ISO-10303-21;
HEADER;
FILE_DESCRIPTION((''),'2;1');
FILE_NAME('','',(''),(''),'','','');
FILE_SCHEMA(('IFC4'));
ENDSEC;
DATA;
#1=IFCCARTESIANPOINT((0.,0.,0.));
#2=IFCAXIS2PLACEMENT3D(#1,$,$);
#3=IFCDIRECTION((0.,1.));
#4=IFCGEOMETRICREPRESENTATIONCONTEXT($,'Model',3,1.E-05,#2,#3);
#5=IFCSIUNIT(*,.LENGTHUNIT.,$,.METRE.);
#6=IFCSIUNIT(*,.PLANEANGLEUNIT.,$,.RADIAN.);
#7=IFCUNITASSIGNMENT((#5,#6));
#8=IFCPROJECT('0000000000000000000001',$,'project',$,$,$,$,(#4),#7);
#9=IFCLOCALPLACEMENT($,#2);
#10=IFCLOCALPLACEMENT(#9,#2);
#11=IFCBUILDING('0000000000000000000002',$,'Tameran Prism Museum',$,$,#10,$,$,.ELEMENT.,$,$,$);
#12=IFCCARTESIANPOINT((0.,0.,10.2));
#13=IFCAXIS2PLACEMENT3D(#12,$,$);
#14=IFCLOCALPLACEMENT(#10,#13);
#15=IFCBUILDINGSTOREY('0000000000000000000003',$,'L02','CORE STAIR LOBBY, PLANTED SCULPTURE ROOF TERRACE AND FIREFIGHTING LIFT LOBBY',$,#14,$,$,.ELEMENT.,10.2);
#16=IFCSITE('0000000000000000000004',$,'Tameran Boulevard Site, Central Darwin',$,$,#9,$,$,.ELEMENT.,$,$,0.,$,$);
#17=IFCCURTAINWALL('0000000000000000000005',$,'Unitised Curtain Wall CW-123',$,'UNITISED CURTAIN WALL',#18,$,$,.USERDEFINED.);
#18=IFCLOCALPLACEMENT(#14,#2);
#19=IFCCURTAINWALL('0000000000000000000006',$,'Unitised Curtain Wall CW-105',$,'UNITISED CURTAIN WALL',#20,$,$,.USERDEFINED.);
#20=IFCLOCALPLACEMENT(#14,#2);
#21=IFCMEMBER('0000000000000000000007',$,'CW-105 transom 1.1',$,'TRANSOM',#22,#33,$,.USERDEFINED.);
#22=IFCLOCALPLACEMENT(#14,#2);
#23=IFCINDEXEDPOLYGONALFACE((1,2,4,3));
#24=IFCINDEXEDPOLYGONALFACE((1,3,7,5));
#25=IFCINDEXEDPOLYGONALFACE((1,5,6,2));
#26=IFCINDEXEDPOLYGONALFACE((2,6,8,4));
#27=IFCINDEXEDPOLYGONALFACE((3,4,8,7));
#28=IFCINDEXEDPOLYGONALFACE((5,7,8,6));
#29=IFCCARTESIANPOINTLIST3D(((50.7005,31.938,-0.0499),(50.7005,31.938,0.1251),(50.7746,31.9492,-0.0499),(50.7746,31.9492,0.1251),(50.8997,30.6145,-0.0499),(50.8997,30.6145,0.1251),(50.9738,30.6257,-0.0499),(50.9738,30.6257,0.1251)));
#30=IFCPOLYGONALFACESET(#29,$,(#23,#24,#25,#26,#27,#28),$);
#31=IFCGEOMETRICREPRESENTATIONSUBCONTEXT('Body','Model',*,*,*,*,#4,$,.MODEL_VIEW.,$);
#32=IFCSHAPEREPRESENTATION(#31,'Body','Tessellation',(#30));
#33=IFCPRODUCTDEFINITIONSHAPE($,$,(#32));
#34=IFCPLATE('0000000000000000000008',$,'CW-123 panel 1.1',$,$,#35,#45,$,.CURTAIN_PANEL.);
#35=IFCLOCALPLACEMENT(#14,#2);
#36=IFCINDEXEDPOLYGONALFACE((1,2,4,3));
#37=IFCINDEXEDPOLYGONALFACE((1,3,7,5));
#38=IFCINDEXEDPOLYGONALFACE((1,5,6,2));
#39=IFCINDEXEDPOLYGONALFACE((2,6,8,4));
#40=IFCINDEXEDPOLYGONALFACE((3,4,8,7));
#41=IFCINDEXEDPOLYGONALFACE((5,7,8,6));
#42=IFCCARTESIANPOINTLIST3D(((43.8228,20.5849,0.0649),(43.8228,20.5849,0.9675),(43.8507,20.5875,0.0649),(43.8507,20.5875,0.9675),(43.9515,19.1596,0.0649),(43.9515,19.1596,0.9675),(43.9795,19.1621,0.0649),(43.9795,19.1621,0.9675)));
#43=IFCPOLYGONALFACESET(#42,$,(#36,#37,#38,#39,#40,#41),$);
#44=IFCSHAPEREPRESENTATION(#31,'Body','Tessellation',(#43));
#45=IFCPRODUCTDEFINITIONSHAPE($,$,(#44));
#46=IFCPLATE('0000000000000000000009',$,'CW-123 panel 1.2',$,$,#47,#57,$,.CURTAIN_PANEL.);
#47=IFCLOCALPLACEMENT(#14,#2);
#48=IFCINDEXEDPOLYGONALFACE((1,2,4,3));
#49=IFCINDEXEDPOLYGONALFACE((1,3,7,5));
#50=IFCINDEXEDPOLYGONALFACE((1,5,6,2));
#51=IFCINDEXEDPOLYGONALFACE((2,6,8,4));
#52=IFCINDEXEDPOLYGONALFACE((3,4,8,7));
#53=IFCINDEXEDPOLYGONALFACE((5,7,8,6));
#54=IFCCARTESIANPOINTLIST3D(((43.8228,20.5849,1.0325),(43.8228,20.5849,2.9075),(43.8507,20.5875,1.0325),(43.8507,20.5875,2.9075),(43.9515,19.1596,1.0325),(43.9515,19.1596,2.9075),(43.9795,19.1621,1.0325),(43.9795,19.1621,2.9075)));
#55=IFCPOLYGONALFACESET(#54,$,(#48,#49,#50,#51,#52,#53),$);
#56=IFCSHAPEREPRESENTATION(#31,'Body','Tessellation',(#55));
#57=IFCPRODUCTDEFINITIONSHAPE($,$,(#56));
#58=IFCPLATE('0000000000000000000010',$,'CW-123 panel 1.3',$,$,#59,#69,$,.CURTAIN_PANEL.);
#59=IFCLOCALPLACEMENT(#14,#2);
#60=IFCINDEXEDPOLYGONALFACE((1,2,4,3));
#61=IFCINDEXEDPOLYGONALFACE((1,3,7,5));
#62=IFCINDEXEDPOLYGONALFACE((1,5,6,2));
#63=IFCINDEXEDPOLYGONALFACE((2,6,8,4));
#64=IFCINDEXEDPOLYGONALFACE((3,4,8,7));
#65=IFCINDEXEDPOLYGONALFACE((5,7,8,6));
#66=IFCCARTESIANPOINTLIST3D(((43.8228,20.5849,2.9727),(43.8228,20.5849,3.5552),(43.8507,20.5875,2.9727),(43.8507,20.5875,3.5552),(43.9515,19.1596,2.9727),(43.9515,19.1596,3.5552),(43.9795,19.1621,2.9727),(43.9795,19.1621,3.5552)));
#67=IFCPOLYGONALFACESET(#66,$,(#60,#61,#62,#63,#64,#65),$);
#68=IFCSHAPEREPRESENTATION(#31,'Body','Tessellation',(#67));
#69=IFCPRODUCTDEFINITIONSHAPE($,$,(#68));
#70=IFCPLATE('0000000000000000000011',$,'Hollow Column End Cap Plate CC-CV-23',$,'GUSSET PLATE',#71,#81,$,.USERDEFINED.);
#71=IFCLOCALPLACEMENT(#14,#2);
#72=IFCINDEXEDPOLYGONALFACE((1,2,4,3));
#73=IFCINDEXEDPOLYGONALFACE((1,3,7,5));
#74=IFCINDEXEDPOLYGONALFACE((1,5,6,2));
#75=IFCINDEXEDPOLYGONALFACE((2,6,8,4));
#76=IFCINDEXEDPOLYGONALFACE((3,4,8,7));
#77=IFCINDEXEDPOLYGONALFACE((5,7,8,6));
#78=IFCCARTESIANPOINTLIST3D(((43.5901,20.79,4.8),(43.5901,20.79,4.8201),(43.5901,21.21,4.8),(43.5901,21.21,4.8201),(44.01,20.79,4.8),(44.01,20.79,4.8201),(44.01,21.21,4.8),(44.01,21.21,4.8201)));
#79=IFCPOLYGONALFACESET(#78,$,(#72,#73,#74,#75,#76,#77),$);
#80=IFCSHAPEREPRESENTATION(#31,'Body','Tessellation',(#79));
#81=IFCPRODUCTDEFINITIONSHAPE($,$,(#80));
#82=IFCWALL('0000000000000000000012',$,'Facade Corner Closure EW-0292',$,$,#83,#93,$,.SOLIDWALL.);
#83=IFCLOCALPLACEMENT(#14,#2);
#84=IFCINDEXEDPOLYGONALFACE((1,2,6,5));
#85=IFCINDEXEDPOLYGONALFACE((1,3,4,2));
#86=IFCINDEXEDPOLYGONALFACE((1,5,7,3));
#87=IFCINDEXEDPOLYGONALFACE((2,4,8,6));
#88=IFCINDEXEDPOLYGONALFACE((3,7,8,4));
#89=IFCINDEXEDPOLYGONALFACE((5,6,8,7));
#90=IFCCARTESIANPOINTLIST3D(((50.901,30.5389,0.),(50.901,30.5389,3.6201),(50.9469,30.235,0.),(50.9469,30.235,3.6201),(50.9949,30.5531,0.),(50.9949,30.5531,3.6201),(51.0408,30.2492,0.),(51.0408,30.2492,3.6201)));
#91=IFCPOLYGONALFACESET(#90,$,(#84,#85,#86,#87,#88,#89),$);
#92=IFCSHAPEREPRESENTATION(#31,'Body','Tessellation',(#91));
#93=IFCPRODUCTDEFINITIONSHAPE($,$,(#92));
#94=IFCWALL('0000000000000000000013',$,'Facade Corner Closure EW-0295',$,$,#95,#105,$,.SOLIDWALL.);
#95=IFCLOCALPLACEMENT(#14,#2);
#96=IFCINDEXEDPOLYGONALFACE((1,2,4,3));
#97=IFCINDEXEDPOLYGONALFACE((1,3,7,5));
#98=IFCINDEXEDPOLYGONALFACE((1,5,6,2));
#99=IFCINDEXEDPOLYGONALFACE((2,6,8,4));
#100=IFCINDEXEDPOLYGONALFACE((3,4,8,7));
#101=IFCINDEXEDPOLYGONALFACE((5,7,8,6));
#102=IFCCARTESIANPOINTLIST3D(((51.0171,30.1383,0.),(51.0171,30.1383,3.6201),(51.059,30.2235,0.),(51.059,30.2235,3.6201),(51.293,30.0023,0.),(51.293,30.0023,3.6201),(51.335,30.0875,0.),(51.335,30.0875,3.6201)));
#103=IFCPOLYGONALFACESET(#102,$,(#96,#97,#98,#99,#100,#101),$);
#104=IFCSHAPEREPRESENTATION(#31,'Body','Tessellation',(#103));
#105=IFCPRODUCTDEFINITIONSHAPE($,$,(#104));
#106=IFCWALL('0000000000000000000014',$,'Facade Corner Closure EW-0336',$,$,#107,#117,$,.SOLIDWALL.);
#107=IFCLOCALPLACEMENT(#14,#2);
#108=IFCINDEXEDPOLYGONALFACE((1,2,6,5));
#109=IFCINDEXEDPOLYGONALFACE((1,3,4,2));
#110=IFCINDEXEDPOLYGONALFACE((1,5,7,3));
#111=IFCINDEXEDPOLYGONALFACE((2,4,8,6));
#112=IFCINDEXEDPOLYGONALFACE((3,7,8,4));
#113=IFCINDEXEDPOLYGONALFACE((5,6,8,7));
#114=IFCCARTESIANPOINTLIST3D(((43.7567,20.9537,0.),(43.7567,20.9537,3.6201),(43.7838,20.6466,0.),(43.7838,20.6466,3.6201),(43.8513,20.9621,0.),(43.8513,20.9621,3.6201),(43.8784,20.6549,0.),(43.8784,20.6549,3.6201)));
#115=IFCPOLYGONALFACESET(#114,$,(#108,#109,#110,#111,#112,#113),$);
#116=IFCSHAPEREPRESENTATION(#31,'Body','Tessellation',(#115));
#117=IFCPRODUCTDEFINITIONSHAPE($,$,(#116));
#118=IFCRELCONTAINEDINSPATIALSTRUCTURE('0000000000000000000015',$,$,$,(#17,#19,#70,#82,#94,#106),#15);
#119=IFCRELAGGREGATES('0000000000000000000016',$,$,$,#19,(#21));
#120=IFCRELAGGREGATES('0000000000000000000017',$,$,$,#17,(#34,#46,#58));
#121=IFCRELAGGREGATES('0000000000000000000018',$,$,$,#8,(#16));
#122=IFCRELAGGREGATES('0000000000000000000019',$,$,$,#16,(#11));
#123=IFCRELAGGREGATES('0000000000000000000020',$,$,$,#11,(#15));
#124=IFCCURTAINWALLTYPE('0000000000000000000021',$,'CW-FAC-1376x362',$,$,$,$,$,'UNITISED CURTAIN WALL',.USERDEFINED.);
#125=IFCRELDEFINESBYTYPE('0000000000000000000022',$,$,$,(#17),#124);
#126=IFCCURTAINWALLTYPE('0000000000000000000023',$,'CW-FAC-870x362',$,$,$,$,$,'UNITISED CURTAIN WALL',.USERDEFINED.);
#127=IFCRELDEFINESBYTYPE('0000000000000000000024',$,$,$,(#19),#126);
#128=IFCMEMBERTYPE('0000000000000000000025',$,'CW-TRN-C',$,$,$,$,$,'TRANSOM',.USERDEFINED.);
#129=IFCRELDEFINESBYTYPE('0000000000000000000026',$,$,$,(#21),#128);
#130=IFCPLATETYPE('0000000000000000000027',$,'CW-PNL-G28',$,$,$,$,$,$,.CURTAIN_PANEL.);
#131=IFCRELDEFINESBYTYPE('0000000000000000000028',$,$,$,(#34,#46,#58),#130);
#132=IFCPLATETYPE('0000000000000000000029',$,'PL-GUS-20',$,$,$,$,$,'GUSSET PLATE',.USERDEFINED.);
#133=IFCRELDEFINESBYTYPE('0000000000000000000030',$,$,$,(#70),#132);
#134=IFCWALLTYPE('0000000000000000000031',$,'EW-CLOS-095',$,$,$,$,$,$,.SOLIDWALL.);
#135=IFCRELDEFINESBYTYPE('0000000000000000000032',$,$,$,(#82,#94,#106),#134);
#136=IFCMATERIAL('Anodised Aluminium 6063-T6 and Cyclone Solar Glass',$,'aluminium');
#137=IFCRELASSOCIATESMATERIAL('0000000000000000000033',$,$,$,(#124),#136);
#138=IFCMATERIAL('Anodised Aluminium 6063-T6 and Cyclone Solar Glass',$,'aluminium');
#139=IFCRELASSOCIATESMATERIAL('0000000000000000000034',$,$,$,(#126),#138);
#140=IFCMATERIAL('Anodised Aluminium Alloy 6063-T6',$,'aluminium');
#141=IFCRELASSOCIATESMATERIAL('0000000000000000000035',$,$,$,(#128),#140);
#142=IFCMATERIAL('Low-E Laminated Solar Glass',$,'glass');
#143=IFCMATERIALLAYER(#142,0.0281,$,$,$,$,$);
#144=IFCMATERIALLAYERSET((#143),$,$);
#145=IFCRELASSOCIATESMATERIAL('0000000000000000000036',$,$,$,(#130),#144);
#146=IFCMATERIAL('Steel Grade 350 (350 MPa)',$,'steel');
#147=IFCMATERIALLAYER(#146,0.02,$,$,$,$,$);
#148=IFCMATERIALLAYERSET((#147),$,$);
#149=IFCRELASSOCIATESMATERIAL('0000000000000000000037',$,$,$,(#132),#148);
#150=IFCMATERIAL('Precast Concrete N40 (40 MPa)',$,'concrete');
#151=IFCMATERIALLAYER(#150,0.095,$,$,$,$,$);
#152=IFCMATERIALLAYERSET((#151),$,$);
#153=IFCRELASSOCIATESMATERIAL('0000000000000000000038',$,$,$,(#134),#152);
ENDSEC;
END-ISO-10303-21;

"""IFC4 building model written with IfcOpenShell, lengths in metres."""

from ifc_helpers import new_model, si_unit, direction, frame, frame_2d, origin, origin_2d, place, context, subcontext, project, spatial, rectangle, extrude, material, layer, layer_set, material_profile, profile_set, type_object, element, aggregate, save


model = new_model("IFC4")

# Units and contexts
model_context = context("Model", 3, precision=1e-05, world=origin(), true_north=direction((0.0, 1.0)))
body_context = subcontext(model_context, "Body", "Model", "MODEL_VIEW")
ifc_project = project(units=[si_unit("LENGTHUNIT", "METRE"), si_unit("PLANEANGLEUNIT", "RADIAN")], contexts=[model_context])

# Site, building, storey
site_placement = place(None, origin())
site = spatial("IfcSite", under=ifc_project, at=site_placement, Name="Tameran Boulevard Site, Central Darwin", CompositionType="ELEMENT", RefElevation=0.0)
building_placement = place(site_placement, origin())
building = spatial("IfcBuilding", under=site, at=building_placement, Name="Tameran Prism Museum", CompositionType="ELEMENT")
storey_placement = place(building_placement, frame((0.0, 0.0, 10.2)))
storey = spatial("IfcBuildingStorey", under=building, at=storey_placement, Name="L02", Description="CORE STAIR LOBBY, PLANTED SCULPTURE ROOF TERRACE AND FIREFIGHTING LIFT LOBBY", CompositionType="ELEMENT", Elevation=10.2)

# Curtain wall
ifc_material_1 = material(Name="Anodised Aluminium 6063-T6 and Cyclone Solar Glass", Category="aluminium")
curtain_wall_type_1 = type_object("IfcCurtainWallType", Name="CW-FAC-1376x362", ElementType="UNITISED CURTAIN WALL", PredefinedType="USERDEFINED", material=ifc_material_1)
curtain_wall_1_placement = place(storey_placement, origin())
curtain_wall_1 = element("IfcCurtainWall", 1, at=curtain_wall_1_placement, inside=storey, type_object=curtain_wall_type_1, Name="Unitised Curtain Wall CW-123", ObjectType="UNITISED CURTAIN WALL", PredefinedType="USERDEFINED")

# Curtain wall
ifc_material_2 = material(Name="Anodised Aluminium 6063-T6 and Cyclone Solar Glass", Category="aluminium")
curtain_wall_type_2 = type_object("IfcCurtainWallType", Name="CW-FAC-870x362", ElementType="UNITISED CURTAIN WALL", PredefinedType="USERDEFINED", material=ifc_material_2)
curtain_wall_2_placement = place(storey_placement, origin())
curtain_wall_2 = element("IfcCurtainWall", 2, at=curtain_wall_2_placement, inside=storey, type_object=curtain_wall_type_2, Name="Unitised Curtain Wall CW-105", ObjectType="UNITISED CURTAIN WALL", PredefinedType="USERDEFINED")

# Member
ifc_material_3 = material(Name="Anodised Aluminium Alloy 6063-T6", Category="aluminium")
ifc_material_profile_1 = material_profile(ifc_material_3, rectangle(XDim=0.075, YDim=0.175, at=origin_2d()))
ifc_profile_set_1 = profile_set([ifc_material_profile_1])
member_type_1 = type_object("IfcMemberType", Name="CW-TRN-C", ElementType="TRANSOM", PredefinedType="USERDEFINED", material=ifc_profile_set_1)
member_1_placement = place(storey_placement, frame((50.9368, 30.6201, 0.0376), z_axis=(-0.148849, 0.98886, 0.0), x_axis=(-0.98886, -0.148849, 0.0)))
member_1 = element("IfcMember", 3, at=member_1_placement, type_object=member_type_1, Name="CW-105 transom 1.1", ObjectType="TRANSOM", PredefinedType="USERDEFINED", context=body_context, shape_type="SweptSolid", body=[
    extrude(rectangle(XDim=0.075, YDim=0.175, at=origin_2d()), origin(), (0.0, 0.0, 1.0), 1.3384),
])
aggregate(curtain_wall_2, [member_1])

# Plates
ifc_material_4 = material(Name="Low-E Laminated Solar Glass", Category="glass")
ifc_layer_1 = layer(ifc_material_4, 0.0281)
ifc_layer_set_1 = layer_set([ifc_layer_1])
plate_type_1 = type_object("IfcPlateType", Name="CW-PNL-G28", PredefinedType="CURTAIN_PANEL", material=ifc_layer_set_1)
plate_1_placement = place(storey_placement, frame((43.9011, 19.8735, 0.0649), z_axis=(0.0, 0.0, 1.0), x_axis=(0.089985, -0.995943, 0.0)))
plate_1 = element("IfcPlate", 4, at=plate_1_placement, type_object=plate_type_1, Name="CW-123 panel 1.1", PredefinedType="CURTAIN_PANEL", context=body_context, shape_type="SweptSolid", body=[
    extrude(rectangle(XDim=1.4312, YDim=0.0281, at=origin_2d()), origin(), (0.0, 0.0, 1.0), 0.9026),
])
plate_2_placement = place(storey_placement, frame((43.9011, 19.8735, 1.0325), z_axis=(0.0, 0.0, 1.0), x_axis=(0.089985, -0.995943, 0.0)))
plate_2 = element("IfcPlate", 5, at=plate_2_placement, type_object=plate_type_1, Name="CW-123 panel 1.2", PredefinedType="CURTAIN_PANEL", context=body_context, shape_type="SweptSolid", body=[
    extrude(rectangle(XDim=1.4312, YDim=0.0281, at=origin_2d()), origin(), (0.0, 0.0, 1.0), 1.875),
])
plate_3_placement = place(storey_placement, frame((43.9011, 19.8735, 2.9727), z_axis=(0.0, 0.0, 1.0), x_axis=(0.089985, -0.995943, 0.0)))
plate_3 = element("IfcPlate", 6, at=plate_3_placement, type_object=plate_type_1, Name="CW-123 panel 1.3", PredefinedType="CURTAIN_PANEL", context=body_context, shape_type="SweptSolid", body=[
    extrude(rectangle(XDim=1.4312, YDim=0.0281, at=origin_2d()), origin(), (0.0, 0.0, 1.0), 0.5825),
])
aggregate(curtain_wall_1, [plate_1, plate_2, plate_3])
ifc_material_5 = material(Name="Steel Grade 350 (350 MPa)", Category="steel")
ifc_layer_2 = layer(ifc_material_5, 0.02)
ifc_layer_set_2 = layer_set([ifc_layer_2])
plate_type_2 = type_object("IfcPlateType", Name="PL-GUS-20", ElementType="GUSSET PLATE", PredefinedType="USERDEFINED", material=ifc_layer_set_2)
plate_4_placement = place(storey_placement, frame((43.8, 21.0, 4.8), z_axis=(0.0, 0.0, 1.0), x_axis=(1.0, 0.0, 0.0)))
element("IfcPlate", 7, at=plate_4_placement, inside=storey, type_object=plate_type_2, Name="Hollow Column End Cap Plate CC-CV-23", ObjectType="GUSSET PLATE", PredefinedType="USERDEFINED", context=body_context, shape_type="SweptSolid", body=[
    extrude(rectangle(XDim=0.4199, YDim=0.4199, at=origin_2d()), origin(), (0.0, 0.0, 1.0), 0.02),
])

# Walls
ifc_material_6 = material(Name="Precast Concrete N40 (40 MPa)", Category="concrete")
ifc_layer_3 = layer(ifc_material_6, 0.095)
ifc_layer_set_3 = layer_set([ifc_layer_3])
wall_type = type_object("IfcWallType", Name="EW-CLOS-095", PredefinedType="SOLIDWALL", material=ifc_layer_set_3)
wall_1_placement = place(storey_placement, frame((50.9939, 30.2419, 0.0), z_axis=(0.0, 0.0, 1.0), x_axis=(-0.149311, 0.98879, 0.0)))
element("IfcWall", 8, at=wall_1_placement, inside=storey, type_object=wall_type, Name="Facade Corner Closure EW-0292", PredefinedType="SOLIDWALL", context=body_context, shape_type="SweptSolid", body=[
    extrude(rectangle(XDim=0.3074, YDim=0.095, at=frame_2d((0.1538, 0.0))), origin(), (0.0, 0.0, 1.0), 3.6201),
])
wall_2_placement = place(storey_placement, frame((51.314, 30.0449, 0.0), z_axis=(0.0, 0.0, 1.0), x_axis=(-0.896953, 0.442126, 0.0)))
element("IfcWall", 9, at=wall_2_placement, inside=storey, type_object=wall_type, Name="Facade Corner Closure EW-0295", PredefinedType="SOLIDWALL", context=body_context, shape_type="SweptSolid", body=[
    extrude(rectangle(XDim=0.3076, YDim=0.095, at=frame_2d((0.1538, 0.0))), origin(), (0.0, 0.0, 1.0), 3.6201),
])
wall_3_placement = place(storey_placement, frame((43.804, 20.958, 0.0), z_axis=(0.0, 0.0, 1.0), x_axis=(0.087894, -0.99613, 0.0)))
element("IfcWall", 10, at=wall_3_placement, inside=storey, type_object=wall_type, Name="Facade Corner Closure EW-0336", PredefinedType="SOLIDWALL", context=body_context, shape_type="SweptSolid", body=[
    extrude(rectangle(XDim=0.3083, YDim=0.095, at=frame_2d((0.1543, 0.0))), origin(), (0.0, 0.0, 1.0), 3.6201),
])

save(model, "model.ifc")
